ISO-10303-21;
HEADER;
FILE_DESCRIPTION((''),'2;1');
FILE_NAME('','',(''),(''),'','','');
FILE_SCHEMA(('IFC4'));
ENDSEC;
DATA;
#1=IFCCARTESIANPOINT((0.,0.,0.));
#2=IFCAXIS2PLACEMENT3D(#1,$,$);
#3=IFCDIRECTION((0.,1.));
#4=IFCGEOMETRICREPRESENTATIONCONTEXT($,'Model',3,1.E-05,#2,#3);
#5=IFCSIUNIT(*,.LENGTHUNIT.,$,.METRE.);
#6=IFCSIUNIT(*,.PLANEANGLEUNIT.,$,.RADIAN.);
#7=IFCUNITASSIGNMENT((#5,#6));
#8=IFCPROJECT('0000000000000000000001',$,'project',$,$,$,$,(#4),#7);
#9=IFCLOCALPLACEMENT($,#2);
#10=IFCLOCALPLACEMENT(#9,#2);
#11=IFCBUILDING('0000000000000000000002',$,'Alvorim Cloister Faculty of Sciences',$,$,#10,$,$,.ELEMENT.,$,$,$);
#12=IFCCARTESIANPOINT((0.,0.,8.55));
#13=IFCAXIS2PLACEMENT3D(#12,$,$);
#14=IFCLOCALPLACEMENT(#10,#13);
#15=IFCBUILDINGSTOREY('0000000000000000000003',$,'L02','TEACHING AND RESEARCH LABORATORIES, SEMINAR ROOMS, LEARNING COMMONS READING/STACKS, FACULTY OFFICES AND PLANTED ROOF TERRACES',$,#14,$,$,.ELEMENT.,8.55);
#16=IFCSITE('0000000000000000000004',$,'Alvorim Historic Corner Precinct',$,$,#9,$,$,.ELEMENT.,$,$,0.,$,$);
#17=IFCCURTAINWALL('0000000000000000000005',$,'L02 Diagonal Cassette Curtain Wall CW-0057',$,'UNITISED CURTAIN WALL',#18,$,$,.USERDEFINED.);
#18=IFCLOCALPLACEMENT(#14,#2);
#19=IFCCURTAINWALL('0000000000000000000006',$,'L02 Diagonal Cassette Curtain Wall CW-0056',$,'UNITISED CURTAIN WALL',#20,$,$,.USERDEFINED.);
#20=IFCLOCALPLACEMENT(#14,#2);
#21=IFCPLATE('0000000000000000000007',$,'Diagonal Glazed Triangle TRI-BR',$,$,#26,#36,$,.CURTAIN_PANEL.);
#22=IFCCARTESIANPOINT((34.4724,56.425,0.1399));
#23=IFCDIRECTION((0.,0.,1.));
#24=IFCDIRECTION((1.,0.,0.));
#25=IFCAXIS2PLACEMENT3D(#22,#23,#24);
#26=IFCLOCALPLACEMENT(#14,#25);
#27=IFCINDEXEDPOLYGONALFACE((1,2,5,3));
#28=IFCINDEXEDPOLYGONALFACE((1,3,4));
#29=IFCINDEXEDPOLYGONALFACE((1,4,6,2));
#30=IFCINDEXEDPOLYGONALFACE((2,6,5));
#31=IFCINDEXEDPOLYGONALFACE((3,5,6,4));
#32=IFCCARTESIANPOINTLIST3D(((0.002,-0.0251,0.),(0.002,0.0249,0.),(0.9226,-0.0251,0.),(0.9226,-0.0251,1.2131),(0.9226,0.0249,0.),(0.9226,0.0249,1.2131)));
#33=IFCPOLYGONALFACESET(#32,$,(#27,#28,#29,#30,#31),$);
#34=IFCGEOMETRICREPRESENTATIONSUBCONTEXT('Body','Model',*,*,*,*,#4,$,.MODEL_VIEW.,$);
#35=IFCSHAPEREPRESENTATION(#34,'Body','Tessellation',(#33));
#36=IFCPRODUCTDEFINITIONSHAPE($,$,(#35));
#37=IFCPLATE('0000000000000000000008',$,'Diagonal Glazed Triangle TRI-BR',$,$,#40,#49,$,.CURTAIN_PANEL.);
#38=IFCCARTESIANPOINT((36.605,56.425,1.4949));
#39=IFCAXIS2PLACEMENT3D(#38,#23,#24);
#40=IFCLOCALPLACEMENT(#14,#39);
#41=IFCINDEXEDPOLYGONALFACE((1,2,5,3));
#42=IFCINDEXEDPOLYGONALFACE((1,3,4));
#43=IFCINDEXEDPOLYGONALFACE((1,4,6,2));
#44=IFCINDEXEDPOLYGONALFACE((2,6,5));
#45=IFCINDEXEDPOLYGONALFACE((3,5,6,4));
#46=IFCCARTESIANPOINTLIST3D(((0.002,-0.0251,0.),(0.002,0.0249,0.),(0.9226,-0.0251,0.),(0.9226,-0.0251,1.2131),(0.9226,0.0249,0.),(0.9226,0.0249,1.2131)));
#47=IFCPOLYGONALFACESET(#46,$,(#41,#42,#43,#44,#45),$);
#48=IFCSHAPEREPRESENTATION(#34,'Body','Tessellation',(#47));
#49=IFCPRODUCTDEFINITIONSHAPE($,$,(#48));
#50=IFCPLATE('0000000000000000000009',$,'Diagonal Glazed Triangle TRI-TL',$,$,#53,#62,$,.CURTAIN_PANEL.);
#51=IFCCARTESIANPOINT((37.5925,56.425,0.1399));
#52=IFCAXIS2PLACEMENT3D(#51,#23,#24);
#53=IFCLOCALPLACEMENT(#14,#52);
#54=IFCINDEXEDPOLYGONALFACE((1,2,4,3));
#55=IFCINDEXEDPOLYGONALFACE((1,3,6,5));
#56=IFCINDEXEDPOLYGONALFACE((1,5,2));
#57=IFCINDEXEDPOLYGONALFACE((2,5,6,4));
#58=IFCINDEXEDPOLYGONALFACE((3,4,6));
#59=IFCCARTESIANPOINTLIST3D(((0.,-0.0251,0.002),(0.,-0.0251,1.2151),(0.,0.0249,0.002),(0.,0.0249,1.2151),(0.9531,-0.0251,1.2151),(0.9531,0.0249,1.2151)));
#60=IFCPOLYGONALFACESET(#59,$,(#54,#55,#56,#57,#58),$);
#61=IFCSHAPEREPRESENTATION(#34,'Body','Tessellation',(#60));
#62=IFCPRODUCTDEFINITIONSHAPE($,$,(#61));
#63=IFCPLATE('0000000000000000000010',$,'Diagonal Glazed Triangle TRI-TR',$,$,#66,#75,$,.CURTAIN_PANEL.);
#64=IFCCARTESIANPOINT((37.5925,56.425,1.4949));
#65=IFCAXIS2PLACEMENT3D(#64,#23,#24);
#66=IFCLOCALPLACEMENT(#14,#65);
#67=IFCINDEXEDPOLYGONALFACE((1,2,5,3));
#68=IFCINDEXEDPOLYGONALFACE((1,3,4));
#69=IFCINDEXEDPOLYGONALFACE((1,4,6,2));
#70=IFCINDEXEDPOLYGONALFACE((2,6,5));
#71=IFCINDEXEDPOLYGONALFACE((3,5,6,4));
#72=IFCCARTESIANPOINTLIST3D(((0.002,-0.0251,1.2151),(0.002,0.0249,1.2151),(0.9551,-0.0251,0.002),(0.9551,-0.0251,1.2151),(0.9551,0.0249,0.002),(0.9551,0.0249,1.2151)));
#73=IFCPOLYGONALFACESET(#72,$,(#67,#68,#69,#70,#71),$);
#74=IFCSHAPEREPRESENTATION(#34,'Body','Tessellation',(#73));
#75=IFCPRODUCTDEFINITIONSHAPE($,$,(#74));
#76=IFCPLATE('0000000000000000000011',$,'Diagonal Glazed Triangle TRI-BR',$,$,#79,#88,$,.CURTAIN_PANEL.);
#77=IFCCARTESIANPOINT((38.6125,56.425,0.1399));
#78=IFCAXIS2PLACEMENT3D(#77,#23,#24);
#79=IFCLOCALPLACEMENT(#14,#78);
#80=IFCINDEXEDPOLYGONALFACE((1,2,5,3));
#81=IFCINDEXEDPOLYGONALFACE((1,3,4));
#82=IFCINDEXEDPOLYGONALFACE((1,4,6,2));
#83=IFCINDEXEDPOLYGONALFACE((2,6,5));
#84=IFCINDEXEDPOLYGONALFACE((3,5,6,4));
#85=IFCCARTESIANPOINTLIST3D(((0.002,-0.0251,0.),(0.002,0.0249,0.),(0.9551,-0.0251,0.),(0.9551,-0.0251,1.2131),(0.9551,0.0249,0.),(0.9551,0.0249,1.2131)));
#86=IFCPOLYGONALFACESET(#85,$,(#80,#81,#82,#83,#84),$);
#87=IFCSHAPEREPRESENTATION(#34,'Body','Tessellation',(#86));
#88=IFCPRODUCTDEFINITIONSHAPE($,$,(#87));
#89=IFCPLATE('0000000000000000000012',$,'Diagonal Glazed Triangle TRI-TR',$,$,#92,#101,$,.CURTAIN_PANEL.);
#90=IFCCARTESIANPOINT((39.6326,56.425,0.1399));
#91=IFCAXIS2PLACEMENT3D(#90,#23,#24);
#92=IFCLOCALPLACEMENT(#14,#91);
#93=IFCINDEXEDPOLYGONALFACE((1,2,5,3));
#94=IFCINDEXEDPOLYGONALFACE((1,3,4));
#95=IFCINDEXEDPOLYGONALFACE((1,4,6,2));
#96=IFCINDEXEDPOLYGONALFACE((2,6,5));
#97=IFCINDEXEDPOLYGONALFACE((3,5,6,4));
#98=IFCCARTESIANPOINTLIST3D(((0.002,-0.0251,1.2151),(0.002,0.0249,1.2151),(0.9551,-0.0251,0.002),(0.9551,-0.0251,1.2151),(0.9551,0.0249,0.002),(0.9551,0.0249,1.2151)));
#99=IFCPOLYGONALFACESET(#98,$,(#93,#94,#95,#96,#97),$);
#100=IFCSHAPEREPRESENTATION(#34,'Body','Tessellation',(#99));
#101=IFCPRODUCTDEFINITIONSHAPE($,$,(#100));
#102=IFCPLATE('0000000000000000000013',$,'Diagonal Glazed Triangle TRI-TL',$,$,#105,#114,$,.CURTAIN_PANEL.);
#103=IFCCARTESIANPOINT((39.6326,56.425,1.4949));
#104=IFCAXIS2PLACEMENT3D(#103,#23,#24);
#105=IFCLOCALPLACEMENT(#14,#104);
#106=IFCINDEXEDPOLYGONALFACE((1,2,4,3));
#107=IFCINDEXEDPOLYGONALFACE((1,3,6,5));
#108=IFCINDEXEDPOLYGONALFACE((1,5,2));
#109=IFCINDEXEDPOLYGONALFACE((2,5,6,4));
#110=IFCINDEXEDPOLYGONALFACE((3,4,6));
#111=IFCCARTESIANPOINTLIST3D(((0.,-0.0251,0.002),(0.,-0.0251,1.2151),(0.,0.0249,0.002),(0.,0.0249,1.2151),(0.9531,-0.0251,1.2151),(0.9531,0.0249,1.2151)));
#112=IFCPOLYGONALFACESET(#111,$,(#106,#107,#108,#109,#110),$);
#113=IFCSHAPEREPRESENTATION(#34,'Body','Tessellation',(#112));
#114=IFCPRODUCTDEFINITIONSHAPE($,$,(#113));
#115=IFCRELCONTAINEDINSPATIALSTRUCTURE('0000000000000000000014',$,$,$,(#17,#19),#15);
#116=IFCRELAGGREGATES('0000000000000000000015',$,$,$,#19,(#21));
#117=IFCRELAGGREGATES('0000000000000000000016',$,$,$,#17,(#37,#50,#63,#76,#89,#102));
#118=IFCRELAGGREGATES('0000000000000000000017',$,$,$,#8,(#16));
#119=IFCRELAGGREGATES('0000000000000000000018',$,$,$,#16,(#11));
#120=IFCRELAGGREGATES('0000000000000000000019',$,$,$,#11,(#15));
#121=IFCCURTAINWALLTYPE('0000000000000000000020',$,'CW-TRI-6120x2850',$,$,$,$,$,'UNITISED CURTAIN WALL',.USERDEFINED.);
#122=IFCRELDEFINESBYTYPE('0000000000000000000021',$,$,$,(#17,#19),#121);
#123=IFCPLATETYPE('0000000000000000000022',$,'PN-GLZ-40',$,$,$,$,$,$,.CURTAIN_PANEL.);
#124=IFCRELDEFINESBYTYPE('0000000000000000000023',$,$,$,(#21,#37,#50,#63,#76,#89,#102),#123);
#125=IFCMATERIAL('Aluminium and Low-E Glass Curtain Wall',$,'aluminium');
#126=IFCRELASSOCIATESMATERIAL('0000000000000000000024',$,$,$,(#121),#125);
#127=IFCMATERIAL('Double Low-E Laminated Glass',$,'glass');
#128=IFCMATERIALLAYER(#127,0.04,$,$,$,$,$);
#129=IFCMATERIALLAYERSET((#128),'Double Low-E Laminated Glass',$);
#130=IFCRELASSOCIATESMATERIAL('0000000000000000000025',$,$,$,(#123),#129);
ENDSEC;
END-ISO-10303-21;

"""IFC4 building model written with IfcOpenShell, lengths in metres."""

from ifc_helpers import new_model, si_unit, direction, frame, origin, place, context, subcontext, project, spatial, polyline, outline, extrude, material, layer, layer_set, type_object, element, aggregate, save


model = new_model("IFC4")

# Units and contexts
model_context = context("Model", 3, precision=1e-05, world=origin(), true_north=direction((0.0, 1.0)))
body_context = subcontext(model_context, "Body", "Model", "MODEL_VIEW")
ifc_project = project(units=[si_unit("LENGTHUNIT", "METRE"), si_unit("PLANEANGLEUNIT", "RADIAN")], contexts=[model_context])

# Site, building, storey
site_placement = place(None, origin())
site = spatial("IfcSite", under=ifc_project, at=site_placement, Name="Alvorim Historic Corner Precinct", CompositionType="ELEMENT", RefElevation=0.0)
building_placement = place(site_placement, origin())
building = spatial("IfcBuilding", under=site, at=building_placement, Name="Alvorim Cloister Faculty of Sciences", CompositionType="ELEMENT")
storey_placement = place(building_placement, frame((0.0, 0.0, 8.55)))
storey = spatial("IfcBuildingStorey", under=building, at=storey_placement, Name="L02", Description="TEACHING AND RESEARCH LABORATORIES, SEMINAR ROOMS, LEARNING COMMONS READING/STACKS, FACULTY OFFICES AND PLANTED ROOF TERRACES", CompositionType="ELEMENT", Elevation=8.55)

# Curtain wall
ifc_material_1 = material(Name="Aluminium and Low-E Glass Curtain Wall", Category="aluminium")
curtain_wall_type = type_object("IfcCurtainWallType", Name="CW-TRI-6120x2850", ElementType="UNITISED CURTAIN WALL", PredefinedType="USERDEFINED", material=ifc_material_1)
curtain_wall_1_placement = place(storey_placement, origin())
curtain_wall_1 = element("IfcCurtainWall", 1, at=curtain_wall_1_placement, inside=storey, type_object=curtain_wall_type, Name="L02 Diagonal Cassette Curtain Wall CW-0057", ObjectType="UNITISED CURTAIN WALL", PredefinedType="USERDEFINED")

# Curtain wall, plate
curtain_wall_2_placement = place(storey_placement, origin())
curtain_wall_2 = element("IfcCurtainWall", 2, at=curtain_wall_2_placement, inside=storey, type_object=curtain_wall_type, Name="L02 Diagonal Cassette Curtain Wall CW-0056", ObjectType="UNITISED CURTAIN WALL", PredefinedType="USERDEFINED")
ifc_material_2 = material(Name="Double Low-E Laminated Glass", Category="glass")
ifc_layer = layer(ifc_material_2, 0.04)
ifc_layer_set = layer_set([ifc_layer], Name="Double Low-E Laminated Glass")
plate_type = type_object("IfcPlateType", Name="PN-GLZ-40", PredefinedType="CURTAIN_PANEL", material=ifc_layer_set)
plate_1_placement = place(storey_placement, frame((34.4724, 56.425, 0.1399), z_axis=(0.0, 0.0, 1.0), x_axis=(1.0, 0.0, 0.0)))
plate_1 = element("IfcPlate", 3, at=plate_1_placement, type_object=plate_type, Name="Diagonal Glazed Triangle TRI-BR", PredefinedType="CURTAIN_PANEL", context=body_context, shape_type="SweptSolid", body=[
    extrude(outline(polyline([(0.002, 0.0), (0.9226, 0.0), (0.9226, 1.2131), (0.002, 0.0)])), frame((0.0, 0.0249, 0.0), z_axis=(0.0, -1.0, 0.0), x_axis=(1.0, 0.0, 0.0)), (0.0, 0.0, 1.0), 0.05),
])
aggregate(curtain_wall_2, [plate_1])

# Plates
plate_2_placement = place(storey_placement, frame((36.605, 56.425, 1.4949), z_axis=(0.0, 0.0, 1.0), x_axis=(1.0, 0.0, 0.0)))
plate_2 = element("IfcPlate", 4, at=plate_2_placement, type_object=plate_type, Name="Diagonal Glazed Triangle TRI-BR", PredefinedType="CURTAIN_PANEL", context=body_context, shape_type="SweptSolid", body=[
    extrude(outline(polyline([(0.002, 0.0), (0.9226, 0.0), (0.9226, 1.2131), (0.002, 0.0)])), frame((0.0, 0.0249, 0.0), z_axis=(0.0, -1.0, 0.0), x_axis=(1.0, 0.0, 0.0)), (0.0, 0.0, 1.0), 0.05),
])
plate_3_placement = place(storey_placement, frame((37.5925, 56.425, 0.1399), z_axis=(0.0, 0.0, 1.0), x_axis=(1.0, 0.0, 0.0)))
plate_3 = element("IfcPlate", 5, at=plate_3_placement, type_object=plate_type, Name="Diagonal Glazed Triangle TRI-TL", PredefinedType="CURTAIN_PANEL", context=body_context, shape_type="SweptSolid", body=[
    extrude(outline(polyline([(0.9531, 1.2151), (0.0, 1.2151), (0.0, 0.002), (0.9531, 1.2151)])), frame((0.0, 0.0249, 0.0), z_axis=(0.0, -1.0, 0.0), x_axis=(1.0, 0.0, 0.0)), (0.0, 0.0, 1.0), 0.05),
])
plate_4_placement = place(storey_placement, frame((37.5925, 56.425, 1.4949), z_axis=(0.0, 0.0, 1.0), x_axis=(1.0, 0.0, 0.0)))
plate_4 = element("IfcPlate", 6, at=plate_4_placement, type_object=plate_type, Name="Diagonal Glazed Triangle TRI-TR", PredefinedType="CURTAIN_PANEL", context=body_context, shape_type="SweptSolid", body=[
    extrude(outline(polyline([(0.9551, 0.002), (0.9551, 1.2151), (0.002, 1.2151), (0.9551, 0.002)])), frame((0.0, 0.0249, 0.0), z_axis=(0.0, -1.0, 0.0), x_axis=(1.0, 0.0, 0.0)), (0.0, 0.0, 1.0), 0.05),
])
plate_5_placement = place(storey_placement, frame((38.6125, 56.425, 0.1399), z_axis=(0.0, 0.0, 1.0), x_axis=(1.0, 0.0, 0.0)))
plate_5 = element("IfcPlate", 7, at=plate_5_placement, type_object=plate_type, Name="Diagonal Glazed Triangle TRI-BR", PredefinedType="CURTAIN_PANEL", context=body_context, shape_type="SweptSolid", body=[
    extrude(outline(polyline([(0.002, 0.0), (0.9551, 0.0), (0.9551, 1.2131), (0.002, 0.0)])), frame((0.0, 0.0249, 0.0), z_axis=(0.0, -1.0, 0.0), x_axis=(1.0, 0.0, 0.0)), (0.0, 0.0, 1.0), 0.05),
])
plate_6_placement = place(storey_placement, frame((39.6326, 56.425, 0.1399), z_axis=(0.0, 0.0, 1.0), x_axis=(1.0, 0.0, 0.0)))
plate_6 = element("IfcPlate", 8, at=plate_6_placement, type_object=plate_type, Name="Diagonal Glazed Triangle TRI-TR", PredefinedType="CURTAIN_PANEL", context=body_context, shape_type="SweptSolid", body=[
    extrude(outline(polyline([(0.9551, 0.002), (0.9551, 1.2151), (0.002, 1.2151), (0.9551, 0.002)])), frame((0.0, 0.0249, 0.0), z_axis=(0.0, -1.0, 0.0), x_axis=(1.0, 0.0, 0.0)), (0.0, 0.0, 1.0), 0.05),
])
plate_7_placement = place(storey_placement, frame((39.6326, 56.425, 1.4949), z_axis=(0.0, 0.0, 1.0), x_axis=(1.0, 0.0, 0.0)))
plate_7 = element("IfcPlate", 9, at=plate_7_placement, type_object=plate_type, Name="Diagonal Glazed Triangle TRI-TL", PredefinedType="CURTAIN_PANEL", context=body_context, shape_type="SweptSolid", body=[
    extrude(outline(polyline([(0.9531, 1.2151), (0.0, 1.2151), (0.0, 0.002), (0.9531, 1.2151)])), frame((0.0, 0.0249, 0.0), z_axis=(0.0, -1.0, 0.0), x_axis=(1.0, 0.0, 0.0)), (0.0, 0.0, 1.0), 0.05),
])
aggregate(curtain_wall_1, [plate_2, plate_3, plate_4, plate_5, plate_6, plate_7])

save(model, "model.ifc")
